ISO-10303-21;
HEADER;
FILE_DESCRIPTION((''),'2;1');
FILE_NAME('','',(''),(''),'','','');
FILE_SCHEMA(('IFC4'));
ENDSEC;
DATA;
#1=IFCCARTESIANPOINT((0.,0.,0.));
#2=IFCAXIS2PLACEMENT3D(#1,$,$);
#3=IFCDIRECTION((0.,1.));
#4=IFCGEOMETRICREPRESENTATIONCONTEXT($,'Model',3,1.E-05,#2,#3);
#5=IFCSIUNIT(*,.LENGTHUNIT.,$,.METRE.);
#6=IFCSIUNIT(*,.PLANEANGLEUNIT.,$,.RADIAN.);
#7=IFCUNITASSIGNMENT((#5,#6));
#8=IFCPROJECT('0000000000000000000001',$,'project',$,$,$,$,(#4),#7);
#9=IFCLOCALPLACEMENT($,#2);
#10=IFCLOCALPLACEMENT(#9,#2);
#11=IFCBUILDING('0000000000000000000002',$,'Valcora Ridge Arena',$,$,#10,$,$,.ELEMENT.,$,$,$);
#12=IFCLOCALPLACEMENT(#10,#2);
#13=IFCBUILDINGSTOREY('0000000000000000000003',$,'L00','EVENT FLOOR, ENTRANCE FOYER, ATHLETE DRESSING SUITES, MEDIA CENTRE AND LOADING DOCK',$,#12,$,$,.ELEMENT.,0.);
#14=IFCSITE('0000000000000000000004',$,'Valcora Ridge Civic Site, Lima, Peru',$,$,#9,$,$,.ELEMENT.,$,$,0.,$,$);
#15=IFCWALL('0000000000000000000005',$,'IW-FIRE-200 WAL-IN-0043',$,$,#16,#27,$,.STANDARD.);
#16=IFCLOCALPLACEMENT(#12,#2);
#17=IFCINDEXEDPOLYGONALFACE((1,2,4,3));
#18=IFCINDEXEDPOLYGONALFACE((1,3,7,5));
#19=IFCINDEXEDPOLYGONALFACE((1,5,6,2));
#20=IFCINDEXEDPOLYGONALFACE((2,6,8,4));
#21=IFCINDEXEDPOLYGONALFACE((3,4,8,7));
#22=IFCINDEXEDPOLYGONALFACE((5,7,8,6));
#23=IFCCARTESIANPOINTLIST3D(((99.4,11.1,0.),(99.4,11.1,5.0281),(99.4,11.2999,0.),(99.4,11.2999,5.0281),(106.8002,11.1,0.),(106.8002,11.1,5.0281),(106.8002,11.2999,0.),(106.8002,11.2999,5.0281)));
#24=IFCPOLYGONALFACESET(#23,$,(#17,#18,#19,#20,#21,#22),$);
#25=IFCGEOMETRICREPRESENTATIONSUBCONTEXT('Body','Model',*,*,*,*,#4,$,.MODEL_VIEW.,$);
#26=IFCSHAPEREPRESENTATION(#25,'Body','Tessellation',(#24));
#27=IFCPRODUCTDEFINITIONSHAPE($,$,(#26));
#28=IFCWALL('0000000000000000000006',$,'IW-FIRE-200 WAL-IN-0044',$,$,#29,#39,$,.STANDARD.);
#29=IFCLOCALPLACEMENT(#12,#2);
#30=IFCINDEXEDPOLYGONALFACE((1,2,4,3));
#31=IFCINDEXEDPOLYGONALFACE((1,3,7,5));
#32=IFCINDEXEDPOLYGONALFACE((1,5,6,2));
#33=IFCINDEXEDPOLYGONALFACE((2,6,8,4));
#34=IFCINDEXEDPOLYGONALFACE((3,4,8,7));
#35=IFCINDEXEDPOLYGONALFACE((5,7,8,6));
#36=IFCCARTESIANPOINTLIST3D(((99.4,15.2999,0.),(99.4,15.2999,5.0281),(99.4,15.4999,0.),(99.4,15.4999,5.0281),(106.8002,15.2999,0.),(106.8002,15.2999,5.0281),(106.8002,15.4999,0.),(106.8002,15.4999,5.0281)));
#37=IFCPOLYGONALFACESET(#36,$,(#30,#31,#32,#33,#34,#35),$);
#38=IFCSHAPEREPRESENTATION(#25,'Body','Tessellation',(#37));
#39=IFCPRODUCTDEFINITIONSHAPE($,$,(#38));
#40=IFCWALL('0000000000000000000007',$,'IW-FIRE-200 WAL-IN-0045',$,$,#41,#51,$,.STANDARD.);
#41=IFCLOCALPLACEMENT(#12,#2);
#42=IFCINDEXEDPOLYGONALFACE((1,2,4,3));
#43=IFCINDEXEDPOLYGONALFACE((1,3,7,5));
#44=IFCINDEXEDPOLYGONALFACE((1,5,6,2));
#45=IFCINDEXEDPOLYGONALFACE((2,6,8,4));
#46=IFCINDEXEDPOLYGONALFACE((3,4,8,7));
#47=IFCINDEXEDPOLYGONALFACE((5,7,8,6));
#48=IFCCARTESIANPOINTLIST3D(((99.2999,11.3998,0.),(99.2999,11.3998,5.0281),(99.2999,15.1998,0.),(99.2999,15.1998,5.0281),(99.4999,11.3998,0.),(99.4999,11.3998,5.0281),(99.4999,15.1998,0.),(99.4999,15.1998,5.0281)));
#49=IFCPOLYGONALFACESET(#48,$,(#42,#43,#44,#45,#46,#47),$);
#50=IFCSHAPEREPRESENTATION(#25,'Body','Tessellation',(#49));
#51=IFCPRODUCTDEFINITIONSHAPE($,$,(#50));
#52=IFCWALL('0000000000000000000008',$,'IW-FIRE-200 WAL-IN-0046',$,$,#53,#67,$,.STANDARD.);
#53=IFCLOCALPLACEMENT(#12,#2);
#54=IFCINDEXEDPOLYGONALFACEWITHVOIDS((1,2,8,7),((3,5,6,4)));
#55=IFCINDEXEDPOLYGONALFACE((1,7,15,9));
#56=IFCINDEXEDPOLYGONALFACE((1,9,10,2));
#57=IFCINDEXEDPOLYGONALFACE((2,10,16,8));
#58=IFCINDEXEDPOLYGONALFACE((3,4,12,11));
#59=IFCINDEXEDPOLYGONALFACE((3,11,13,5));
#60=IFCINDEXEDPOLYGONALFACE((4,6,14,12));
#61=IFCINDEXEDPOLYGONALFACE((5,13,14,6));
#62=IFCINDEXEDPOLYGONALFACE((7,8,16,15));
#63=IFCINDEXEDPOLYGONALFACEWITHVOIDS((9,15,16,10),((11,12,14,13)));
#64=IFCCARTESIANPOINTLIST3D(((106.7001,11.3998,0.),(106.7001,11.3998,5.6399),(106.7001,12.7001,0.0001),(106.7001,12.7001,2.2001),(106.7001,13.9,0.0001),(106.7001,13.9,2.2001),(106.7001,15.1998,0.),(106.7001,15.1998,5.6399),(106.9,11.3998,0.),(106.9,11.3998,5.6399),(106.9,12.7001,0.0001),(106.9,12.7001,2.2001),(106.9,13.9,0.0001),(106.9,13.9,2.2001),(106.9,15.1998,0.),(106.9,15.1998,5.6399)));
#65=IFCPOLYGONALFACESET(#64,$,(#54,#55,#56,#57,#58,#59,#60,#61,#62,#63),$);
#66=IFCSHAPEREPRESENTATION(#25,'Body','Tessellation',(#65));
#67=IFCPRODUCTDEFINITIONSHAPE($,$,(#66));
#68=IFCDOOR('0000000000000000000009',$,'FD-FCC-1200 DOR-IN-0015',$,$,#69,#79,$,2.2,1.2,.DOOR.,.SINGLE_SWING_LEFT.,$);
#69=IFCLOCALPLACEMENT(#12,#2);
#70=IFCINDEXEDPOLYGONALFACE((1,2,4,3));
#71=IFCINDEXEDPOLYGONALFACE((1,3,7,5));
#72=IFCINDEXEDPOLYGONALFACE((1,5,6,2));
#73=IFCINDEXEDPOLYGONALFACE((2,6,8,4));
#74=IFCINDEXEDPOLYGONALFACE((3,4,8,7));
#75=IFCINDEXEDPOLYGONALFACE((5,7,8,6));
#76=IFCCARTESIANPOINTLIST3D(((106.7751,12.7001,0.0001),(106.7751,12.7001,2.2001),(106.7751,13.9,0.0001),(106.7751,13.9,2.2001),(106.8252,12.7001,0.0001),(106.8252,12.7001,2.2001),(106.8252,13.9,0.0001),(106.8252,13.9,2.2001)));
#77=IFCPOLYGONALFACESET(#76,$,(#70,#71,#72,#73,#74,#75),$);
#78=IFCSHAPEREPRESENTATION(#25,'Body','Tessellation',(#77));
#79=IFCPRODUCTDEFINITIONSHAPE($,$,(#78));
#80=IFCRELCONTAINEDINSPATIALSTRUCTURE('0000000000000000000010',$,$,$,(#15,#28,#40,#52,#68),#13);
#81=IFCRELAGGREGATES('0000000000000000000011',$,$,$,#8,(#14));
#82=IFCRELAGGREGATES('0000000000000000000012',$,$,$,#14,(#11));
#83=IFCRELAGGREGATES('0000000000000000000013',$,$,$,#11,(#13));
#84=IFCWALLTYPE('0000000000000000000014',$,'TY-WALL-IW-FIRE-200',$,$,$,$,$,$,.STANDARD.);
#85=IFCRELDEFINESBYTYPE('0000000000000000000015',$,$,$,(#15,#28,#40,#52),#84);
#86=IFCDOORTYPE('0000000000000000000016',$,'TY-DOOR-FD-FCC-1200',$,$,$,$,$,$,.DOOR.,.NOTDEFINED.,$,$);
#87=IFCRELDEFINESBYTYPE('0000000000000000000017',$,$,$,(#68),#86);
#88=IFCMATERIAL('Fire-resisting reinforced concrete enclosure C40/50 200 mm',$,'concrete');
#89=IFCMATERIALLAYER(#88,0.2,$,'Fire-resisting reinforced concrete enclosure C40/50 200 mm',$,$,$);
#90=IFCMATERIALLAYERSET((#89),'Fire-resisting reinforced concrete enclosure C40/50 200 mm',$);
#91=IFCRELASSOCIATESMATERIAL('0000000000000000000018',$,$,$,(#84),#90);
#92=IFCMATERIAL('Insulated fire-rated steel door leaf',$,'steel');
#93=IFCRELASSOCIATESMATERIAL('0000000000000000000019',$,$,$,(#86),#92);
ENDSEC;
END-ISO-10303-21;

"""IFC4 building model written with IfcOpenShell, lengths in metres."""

from ifc_helpers import new_model, si_unit, direction, frame, frame_2d, origin, place, context, subcontext, project, spatial, rectangle, extrude, material, layer, layer_set, type_object, element, fill, save


model = new_model("IFC4")

# Units and contexts
model_context = context("Model", 3, precision=1e-05, world=origin(), true_north=direction((0.0, 1.0)))
body_context = subcontext(model_context, "Body", "Model", "MODEL_VIEW")
ifc_project = project(units=[si_unit("LENGTHUNIT", "METRE"), si_unit("PLANEANGLEUNIT", "RADIAN")], contexts=[model_context])

# Site, building, storey
site_placement = place(None, origin())
site = spatial("IfcSite", under=ifc_project, at=site_placement, Name="Valcora Ridge Civic Site, Lima, Peru", CompositionType="ELEMENT", RefElevation=0.0)
building_placement = place(site_placement, origin())
building = spatial("IfcBuilding", under=site, at=building_placement, Name="Valcora Ridge Arena", CompositionType="ELEMENT")
storey_placement = place(building_placement, origin())
storey = spatial("IfcBuildingStorey", under=building, at=storey_placement, Name="L00", Description="EVENT FLOOR, ENTRANCE FOYER, ATHLETE DRESSING SUITES, MEDIA CENTRE AND LOADING DOCK", CompositionType="ELEMENT", Elevation=0.0)

# Walls
ifc_material_1 = material(Name="Fire-resisting reinforced concrete enclosure C40/50 200 mm", Category="concrete")
ifc_layer_1 = layer(ifc_material_1, 0.2, Name="Fire-resisting reinforced concrete enclosure C40/50 200 mm")
ifc_layer_set_1 = layer_set([ifc_layer_1], Name="Fire-resisting reinforced concrete enclosure C40/50 200 mm")
wall_type = type_object("IfcWallType", Name="TY-WALL-IW-FIRE-200", PredefinedType="STANDARD", material=ifc_layer_set_1)
for number, where, z_axis, x_axis, name in (
    (1, (99.3999, 11.2, 0.0), (0.0, 0.0, 1.0), (1.0, 0.0, 0.0), "IW-FIRE-200 WAL-IN-0043"),
    (2, (99.3999, 15.3999, 0.0), (0.0, 0.0, 1.0), (1.0, 0.0, 0.0), "IW-FIRE-200 WAL-IN-0044"),
):
    element("IfcWall", number, at=place(storey_placement, frame(where, z_axis=z_axis, x_axis=x_axis)), inside=storey, type_object=wall_type, Name=name, PredefinedType="STANDARD", context=body_context, shape_type="SweptSolid", body=[
        extrude(rectangle(XDim=7.4001, YDim=0.2, at=frame_2d((3.7002, 0.0))), origin(), (0.0, 0.0, 1.0), 5.0281),
    ])
wall_1_placement = place(storey_placement, frame((99.3999, 11.3999, 0.0), z_axis=(0.0, 0.0, 1.0), x_axis=(0.0, 1.0, 0.0)))
element("IfcWall", 3, at=wall_1_placement, inside=storey, type_object=wall_type, Name="IW-FIRE-200 WAL-IN-0045", PredefinedType="STANDARD", context=body_context, shape_type="SweptSolid", body=[
    extrude(rectangle(XDim=3.8, YDim=0.2, at=frame_2d((1.8999, 0.0))), origin(), (0.0, 0.0, 1.0), 5.0281),
])

# Wall, opening, door
wall_2_placement = place(storey_placement, frame((106.8, 11.3999, 0.0), z_axis=(0.0, 0.0, 1.0), x_axis=(0.0, 1.0, 0.0)))
wall_2 = element("IfcWall", 4, at=wall_2_placement, inside=storey, type_object=wall_type, Name="IW-FIRE-200 WAL-IN-0046", PredefinedType="STANDARD", context=body_context, shape_type="SweptSolid", body=[
    extrude(rectangle(XDim=3.8, YDim=0.2, at=frame_2d((1.8999, 0.0))), origin(), (0.0, 0.0, 1.0), 5.6399),
])
opening_placement = place(wall_2_placement, frame((1.3, 0.0, 0.0)))
opening = element("IfcOpeningElement", 5, at=opening_placement, cuts=wall_2, PredefinedType="OPENING", context=body_context, shape_type="SweptSolid", body=[
    extrude(rectangle(XDim=1.2, YDim=2.2, at=frame_2d((0.6001, 1.1001))), frame((0.0, 0.1099, 0.0), z_axis=(0.0, -1.0, 0.0), x_axis=(1.0, 0.0, 0.0)), (0.0, 0.0, 1.0), 0.22),
])
ifc_material_2 = material(Name="Insulated fire-rated steel door leaf", Category="steel")
door_type = type_object("IfcDoorType", Name="TY-DOOR-FD-FCC-1200", OperationType="NOTDEFINED", PredefinedType="DOOR", material=ifc_material_2)
door_placement = place(opening_placement, origin())
door = element("IfcDoor", 6, at=door_placement, inside=storey, type_object=door_type, Name="FD-FCC-1200 DOR-IN-0015", OperationType="SINGLE_SWING_LEFT", OverallHeight=2.2, OverallWidth=1.2, PredefinedType="DOOR", context=body_context, shape_type="SweptSolid", body=[
    extrude(rectangle(XDim=1.2, YDim=2.2, at=frame_2d((0.6001, 1.1001))), frame((0.0, 0.0249, 0.0), z_axis=(0.0, -1.0, 0.0), x_axis=(1.0, 0.0, 0.0)), (0.0, 0.0, 1.0), 0.05),
])
fill(opening, door)

save(model, "model.ifc")
